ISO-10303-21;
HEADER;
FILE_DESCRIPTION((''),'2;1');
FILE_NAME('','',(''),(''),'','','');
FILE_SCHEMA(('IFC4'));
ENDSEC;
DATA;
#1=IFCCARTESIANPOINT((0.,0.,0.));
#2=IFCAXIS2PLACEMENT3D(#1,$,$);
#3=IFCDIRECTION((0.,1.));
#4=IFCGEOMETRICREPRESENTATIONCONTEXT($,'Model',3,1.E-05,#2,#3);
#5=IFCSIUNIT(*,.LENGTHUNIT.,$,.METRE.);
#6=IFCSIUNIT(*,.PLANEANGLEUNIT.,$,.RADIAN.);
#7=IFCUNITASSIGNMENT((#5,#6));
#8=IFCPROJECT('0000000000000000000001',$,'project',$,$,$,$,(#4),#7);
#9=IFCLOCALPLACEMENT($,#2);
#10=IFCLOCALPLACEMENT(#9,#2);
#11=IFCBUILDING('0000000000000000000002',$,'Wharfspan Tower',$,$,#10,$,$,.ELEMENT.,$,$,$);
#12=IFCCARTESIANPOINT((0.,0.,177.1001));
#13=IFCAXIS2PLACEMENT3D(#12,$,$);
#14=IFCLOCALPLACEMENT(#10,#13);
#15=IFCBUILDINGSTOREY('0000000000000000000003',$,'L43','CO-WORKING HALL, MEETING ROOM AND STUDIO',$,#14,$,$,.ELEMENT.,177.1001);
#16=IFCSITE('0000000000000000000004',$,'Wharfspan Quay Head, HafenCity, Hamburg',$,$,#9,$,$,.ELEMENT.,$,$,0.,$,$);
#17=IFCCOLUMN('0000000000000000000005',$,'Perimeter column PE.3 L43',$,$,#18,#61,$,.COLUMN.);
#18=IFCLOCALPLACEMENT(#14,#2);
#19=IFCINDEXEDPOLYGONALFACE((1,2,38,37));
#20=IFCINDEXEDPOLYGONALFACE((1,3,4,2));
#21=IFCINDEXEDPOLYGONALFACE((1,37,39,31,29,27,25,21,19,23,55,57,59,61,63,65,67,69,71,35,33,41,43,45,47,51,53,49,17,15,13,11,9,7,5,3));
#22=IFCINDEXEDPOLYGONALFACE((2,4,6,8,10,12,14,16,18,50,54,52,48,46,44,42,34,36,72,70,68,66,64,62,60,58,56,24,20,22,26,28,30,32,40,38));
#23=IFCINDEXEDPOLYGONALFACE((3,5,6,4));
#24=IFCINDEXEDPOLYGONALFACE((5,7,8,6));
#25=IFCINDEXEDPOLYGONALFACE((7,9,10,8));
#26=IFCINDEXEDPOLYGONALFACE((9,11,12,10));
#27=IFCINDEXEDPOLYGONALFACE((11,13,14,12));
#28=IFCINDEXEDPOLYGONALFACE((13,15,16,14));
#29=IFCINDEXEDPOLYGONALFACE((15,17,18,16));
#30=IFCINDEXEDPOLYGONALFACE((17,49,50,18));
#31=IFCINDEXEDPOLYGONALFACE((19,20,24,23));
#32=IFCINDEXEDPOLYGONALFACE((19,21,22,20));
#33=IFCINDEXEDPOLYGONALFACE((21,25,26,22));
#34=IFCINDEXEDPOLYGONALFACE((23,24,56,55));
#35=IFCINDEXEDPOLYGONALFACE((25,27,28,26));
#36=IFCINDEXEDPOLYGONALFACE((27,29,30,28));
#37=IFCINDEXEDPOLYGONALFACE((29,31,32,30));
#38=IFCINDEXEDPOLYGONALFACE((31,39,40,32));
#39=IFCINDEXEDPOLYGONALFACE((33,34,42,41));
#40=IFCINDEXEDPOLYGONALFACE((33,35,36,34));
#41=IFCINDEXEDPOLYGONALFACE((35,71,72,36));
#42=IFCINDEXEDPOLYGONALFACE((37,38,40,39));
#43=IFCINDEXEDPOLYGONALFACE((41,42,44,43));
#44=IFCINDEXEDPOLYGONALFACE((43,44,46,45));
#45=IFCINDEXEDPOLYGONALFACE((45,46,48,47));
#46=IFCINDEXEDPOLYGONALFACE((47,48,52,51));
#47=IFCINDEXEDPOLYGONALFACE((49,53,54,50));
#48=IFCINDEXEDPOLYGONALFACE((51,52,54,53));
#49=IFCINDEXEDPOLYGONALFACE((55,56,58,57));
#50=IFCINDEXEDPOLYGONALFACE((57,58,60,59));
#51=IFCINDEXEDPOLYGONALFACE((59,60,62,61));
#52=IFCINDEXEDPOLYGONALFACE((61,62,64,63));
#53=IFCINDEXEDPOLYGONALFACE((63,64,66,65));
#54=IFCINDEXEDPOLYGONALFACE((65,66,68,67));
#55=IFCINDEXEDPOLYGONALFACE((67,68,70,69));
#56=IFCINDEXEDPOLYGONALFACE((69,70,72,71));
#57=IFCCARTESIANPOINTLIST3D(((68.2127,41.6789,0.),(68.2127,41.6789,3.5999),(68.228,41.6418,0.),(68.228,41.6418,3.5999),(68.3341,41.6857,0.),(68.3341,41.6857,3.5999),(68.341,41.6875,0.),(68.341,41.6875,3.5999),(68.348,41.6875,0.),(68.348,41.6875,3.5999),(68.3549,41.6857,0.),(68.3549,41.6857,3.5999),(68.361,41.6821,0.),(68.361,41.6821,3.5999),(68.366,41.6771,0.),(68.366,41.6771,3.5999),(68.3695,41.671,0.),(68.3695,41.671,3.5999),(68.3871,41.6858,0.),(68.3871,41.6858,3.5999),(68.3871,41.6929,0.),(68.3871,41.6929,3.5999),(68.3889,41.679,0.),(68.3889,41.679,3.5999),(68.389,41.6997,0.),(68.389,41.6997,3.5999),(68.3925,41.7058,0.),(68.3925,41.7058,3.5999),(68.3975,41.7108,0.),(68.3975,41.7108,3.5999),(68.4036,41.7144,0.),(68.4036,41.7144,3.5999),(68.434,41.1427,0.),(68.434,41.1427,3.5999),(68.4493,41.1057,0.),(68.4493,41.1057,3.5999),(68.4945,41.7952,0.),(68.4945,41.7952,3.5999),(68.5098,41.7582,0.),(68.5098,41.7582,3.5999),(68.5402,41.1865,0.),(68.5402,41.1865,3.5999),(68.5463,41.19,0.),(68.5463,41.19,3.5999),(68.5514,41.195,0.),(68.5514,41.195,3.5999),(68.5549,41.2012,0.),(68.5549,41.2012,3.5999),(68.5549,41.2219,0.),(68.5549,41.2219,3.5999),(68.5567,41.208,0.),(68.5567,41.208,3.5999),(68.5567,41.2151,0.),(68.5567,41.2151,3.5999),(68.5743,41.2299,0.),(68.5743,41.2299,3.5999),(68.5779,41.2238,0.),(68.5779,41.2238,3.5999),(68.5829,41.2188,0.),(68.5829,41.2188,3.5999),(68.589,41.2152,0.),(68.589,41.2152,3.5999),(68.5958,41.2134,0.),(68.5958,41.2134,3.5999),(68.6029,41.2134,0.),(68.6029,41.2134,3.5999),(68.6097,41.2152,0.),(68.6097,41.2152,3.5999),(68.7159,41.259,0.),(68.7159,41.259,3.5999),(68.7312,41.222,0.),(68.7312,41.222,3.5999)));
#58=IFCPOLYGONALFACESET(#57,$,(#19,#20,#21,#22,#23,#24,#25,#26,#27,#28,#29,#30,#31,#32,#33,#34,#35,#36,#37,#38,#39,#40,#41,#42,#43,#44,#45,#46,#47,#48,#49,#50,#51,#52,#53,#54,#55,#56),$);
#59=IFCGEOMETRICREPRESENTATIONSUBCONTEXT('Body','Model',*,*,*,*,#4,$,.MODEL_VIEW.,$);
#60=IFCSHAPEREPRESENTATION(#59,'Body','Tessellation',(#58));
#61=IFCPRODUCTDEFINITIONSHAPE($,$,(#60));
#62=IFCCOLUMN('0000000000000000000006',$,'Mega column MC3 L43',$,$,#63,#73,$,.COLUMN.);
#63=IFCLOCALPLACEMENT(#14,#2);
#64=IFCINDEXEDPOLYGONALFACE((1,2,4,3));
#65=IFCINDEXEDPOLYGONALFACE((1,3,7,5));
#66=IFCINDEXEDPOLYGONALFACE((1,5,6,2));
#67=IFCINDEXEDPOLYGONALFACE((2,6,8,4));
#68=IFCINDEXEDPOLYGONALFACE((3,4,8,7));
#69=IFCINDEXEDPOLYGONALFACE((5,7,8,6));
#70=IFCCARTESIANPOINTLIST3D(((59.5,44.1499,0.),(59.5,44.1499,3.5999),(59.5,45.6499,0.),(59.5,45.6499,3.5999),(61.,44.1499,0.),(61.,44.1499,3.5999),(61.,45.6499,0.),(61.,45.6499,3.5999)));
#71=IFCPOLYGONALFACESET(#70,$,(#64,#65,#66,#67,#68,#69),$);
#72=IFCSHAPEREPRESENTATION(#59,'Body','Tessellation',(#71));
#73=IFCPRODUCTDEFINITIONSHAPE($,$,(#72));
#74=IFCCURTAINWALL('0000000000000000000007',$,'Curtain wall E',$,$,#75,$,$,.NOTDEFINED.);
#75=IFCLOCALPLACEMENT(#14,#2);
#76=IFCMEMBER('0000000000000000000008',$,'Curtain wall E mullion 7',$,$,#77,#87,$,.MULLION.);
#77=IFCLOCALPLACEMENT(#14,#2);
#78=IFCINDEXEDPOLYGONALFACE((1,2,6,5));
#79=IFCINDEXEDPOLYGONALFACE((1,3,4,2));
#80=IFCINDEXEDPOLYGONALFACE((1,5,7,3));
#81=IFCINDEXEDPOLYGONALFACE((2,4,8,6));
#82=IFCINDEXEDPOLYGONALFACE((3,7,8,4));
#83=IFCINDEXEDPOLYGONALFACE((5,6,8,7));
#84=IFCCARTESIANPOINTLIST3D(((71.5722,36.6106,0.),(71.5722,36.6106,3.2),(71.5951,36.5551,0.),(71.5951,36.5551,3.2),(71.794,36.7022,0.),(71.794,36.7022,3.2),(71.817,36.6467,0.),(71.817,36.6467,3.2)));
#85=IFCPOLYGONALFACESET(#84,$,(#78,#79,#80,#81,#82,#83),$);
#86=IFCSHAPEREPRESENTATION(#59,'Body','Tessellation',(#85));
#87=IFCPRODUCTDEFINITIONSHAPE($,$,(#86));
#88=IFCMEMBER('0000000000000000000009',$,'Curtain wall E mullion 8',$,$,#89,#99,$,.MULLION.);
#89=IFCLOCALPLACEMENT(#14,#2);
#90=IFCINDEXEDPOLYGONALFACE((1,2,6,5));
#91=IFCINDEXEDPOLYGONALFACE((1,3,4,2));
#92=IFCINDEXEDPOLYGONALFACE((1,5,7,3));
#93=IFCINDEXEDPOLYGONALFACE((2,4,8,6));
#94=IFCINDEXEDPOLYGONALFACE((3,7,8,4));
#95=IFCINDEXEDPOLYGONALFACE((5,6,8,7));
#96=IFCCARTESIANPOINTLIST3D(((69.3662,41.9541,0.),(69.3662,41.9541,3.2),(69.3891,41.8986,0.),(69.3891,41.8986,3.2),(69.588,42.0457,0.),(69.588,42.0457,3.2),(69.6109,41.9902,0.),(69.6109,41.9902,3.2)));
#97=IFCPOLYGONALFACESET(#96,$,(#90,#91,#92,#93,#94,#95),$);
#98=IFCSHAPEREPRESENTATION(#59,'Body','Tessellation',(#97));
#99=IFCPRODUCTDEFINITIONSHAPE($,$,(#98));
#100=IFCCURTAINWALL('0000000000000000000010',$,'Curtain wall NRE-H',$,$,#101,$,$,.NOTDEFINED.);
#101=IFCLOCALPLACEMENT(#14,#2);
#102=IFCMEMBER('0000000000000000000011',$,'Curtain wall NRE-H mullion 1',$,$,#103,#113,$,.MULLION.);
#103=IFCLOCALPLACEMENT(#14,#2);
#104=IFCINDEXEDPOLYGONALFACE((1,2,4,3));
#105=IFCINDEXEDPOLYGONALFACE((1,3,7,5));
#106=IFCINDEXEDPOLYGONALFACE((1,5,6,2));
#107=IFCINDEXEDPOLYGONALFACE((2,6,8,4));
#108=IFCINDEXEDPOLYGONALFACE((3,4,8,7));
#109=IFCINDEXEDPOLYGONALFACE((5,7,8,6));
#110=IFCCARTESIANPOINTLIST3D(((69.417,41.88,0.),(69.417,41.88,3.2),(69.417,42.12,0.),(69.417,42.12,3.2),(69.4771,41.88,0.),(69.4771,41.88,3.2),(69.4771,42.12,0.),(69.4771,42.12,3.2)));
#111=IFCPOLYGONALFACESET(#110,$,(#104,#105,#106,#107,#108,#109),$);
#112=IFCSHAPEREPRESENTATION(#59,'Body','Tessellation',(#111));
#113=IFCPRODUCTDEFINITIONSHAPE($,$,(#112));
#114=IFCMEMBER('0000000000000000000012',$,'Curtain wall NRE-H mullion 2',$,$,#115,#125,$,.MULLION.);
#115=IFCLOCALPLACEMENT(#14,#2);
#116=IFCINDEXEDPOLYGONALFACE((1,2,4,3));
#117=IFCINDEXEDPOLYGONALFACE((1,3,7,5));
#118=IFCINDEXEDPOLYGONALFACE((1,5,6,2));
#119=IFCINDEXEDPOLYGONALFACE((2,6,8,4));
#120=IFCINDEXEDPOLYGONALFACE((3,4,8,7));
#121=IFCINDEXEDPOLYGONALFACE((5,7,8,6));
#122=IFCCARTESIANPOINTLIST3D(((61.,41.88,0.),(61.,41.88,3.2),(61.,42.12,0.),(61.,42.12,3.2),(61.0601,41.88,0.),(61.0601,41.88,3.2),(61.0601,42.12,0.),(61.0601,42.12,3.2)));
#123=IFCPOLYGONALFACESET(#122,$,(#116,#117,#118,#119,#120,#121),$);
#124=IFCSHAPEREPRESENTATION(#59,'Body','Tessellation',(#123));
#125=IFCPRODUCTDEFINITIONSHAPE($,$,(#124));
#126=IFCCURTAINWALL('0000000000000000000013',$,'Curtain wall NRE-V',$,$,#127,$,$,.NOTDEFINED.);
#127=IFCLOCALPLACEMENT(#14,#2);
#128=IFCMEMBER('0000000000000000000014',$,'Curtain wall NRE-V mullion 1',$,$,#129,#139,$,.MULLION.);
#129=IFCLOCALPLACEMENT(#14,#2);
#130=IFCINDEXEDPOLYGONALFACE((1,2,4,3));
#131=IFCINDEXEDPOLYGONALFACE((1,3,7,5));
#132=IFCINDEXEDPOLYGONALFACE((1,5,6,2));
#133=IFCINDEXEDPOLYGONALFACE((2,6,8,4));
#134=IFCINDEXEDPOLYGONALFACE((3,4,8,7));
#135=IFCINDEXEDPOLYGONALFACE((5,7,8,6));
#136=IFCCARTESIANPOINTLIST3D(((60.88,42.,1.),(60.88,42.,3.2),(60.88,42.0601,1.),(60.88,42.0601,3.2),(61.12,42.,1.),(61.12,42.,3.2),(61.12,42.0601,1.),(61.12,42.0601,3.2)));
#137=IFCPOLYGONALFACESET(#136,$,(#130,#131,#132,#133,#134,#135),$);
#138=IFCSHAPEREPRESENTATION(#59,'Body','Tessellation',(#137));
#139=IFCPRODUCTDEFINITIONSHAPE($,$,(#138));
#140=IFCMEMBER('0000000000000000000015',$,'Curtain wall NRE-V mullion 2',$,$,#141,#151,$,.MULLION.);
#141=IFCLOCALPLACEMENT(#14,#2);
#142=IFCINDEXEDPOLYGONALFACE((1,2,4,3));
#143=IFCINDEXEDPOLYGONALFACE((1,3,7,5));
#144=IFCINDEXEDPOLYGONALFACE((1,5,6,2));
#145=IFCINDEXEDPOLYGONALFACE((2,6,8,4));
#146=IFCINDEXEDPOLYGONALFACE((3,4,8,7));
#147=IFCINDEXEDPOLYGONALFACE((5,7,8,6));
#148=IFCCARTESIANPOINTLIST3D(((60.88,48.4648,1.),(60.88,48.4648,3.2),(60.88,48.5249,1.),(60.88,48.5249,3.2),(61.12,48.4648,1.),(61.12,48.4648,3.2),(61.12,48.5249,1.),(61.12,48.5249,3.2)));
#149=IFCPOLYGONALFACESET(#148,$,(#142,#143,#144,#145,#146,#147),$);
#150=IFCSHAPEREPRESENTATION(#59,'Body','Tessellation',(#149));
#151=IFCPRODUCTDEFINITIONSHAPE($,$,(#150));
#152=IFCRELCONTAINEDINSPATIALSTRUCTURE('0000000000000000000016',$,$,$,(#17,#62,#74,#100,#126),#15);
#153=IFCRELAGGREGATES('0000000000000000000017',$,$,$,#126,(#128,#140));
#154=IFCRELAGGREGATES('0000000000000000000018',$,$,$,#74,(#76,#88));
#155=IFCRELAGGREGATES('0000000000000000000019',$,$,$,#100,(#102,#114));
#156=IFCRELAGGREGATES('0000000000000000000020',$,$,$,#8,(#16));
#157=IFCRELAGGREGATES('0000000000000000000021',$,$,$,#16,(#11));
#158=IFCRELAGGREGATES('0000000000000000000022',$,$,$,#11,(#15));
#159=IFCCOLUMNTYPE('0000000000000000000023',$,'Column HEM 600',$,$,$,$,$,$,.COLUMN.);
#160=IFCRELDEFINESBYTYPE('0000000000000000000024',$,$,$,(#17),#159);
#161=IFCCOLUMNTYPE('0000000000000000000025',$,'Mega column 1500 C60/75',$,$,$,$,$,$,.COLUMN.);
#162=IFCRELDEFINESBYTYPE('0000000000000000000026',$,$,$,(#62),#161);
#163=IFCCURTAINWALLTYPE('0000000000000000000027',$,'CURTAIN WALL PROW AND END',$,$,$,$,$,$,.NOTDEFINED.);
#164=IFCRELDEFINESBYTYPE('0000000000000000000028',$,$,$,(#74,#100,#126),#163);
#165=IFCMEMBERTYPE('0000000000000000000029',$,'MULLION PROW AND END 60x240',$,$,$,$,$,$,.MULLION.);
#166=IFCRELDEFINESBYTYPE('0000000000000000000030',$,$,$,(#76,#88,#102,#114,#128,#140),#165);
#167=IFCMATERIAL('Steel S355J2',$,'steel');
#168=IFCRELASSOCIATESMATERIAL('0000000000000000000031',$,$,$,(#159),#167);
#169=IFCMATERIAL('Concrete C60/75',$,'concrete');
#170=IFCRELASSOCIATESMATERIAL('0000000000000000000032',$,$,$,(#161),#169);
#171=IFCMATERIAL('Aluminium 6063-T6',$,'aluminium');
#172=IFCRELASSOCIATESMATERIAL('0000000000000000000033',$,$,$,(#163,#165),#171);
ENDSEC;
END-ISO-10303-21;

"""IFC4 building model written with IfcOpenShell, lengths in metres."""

from ifc_helpers import new_model, si_unit, direction, frame, origin, origin_2d, place, context, subcontext, project, spatial, rectangle, i_section, extrude, material, material_profile, profile_set, type_object, element, aggregate, save


model = new_model("IFC4")

# Units and contexts
model_context = context("Model", 3, precision=1e-05, world=origin(), true_north=direction((0.0, 1.0)))
body_context = subcontext(model_context, "Body", "Model", "MODEL_VIEW")
ifc_project = project(units=[si_unit("LENGTHUNIT", "METRE"), si_unit("PLANEANGLEUNIT", "RADIAN")], contexts=[model_context])

# Site, building, storey
site_placement = place(None, origin())
site = spatial("IfcSite", under=ifc_project, at=site_placement, Name="Wharfspan Quay Head, HafenCity, Hamburg", CompositionType="ELEMENT", RefElevation=0.0)
building_placement = place(site_placement, origin())
building = spatial("IfcBuilding", under=site, at=building_placement, Name="Wharfspan Tower", CompositionType="ELEMENT")
storey_placement = place(building_placement, frame((0.0, 0.0, 177.1001)))
storey = spatial("IfcBuildingStorey", under=building, at=storey_placement, Name="L43", Description="CO-WORKING HALL, MEETING ROOM AND STUDIO", CompositionType="ELEMENT", Elevation=177.1001)

# Columns
ifc_material_1 = material(Name="Steel S355J2", Category="steel")
ifc_material_profile_1 = material_profile(ifc_material_1, i_section(OverallWidth=0.3049, OverallDepth=0.6201, WebThickness=0.021, FlangeThickness=0.04, FilletRadius=0.0271, at=origin_2d()))
ifc_profile_set_1 = profile_set([ifc_material_profile_1], Name="Steel S355J2")
column_type_1 = type_object("IfcColumnType", Name="Column HEM 600", PredefinedType="COLUMN", material=ifc_profile_set_1)
column_1_placement = place(storey_placement, frame((68.4719, 41.4504, 0.0), z_axis=(0.0, 0.0, 1.0), x_axis=(0.924325, 0.381602, 0.0)))
element("IfcColumn", 1, at=column_1_placement, inside=storey, type_object=column_type_1, Name="Perimeter column PE.3 L43", PredefinedType="COLUMN", context=body_context, shape_type="SweptSolid", body=[
    extrude(i_section(OverallWidth=0.3049, OverallDepth=0.6201, WebThickness=0.021, FlangeThickness=0.04, FilletRadius=0.0271, at=origin_2d()), origin(), (0.0, 0.0, 1.0), 3.5999),
])
ifc_material_2 = material(Name="Concrete C60/75", Category="concrete")
ifc_material_profile_2 = material_profile(ifc_material_2, rectangle(XDim=1.5, YDim=1.5, at=origin_2d()))
ifc_profile_set_2 = profile_set([ifc_material_profile_2], Name="Concrete C60/75")
column_type_2 = type_object("IfcColumnType", Name="Mega column 1500 C60/75", PredefinedType="COLUMN", material=ifc_profile_set_2)
column_2_placement = place(storey_placement, frame((60.25, 44.8999, 0.0), z_axis=(0.0, 0.0, 1.0), x_axis=(1.0, 0.0, 0.0)))
element("IfcColumn", 2, at=column_2_placement, inside=storey, type_object=column_type_2, Name="Mega column MC3 L43", PredefinedType="COLUMN", context=body_context, shape_type="SweptSolid", body=[
    extrude(rectangle(XDim=1.5, YDim=1.5, at=origin_2d()), origin(), (0.0, 0.0, 1.0), 3.5999),
])

# Curtain walls, members
ifc_material_3 = material(Name="Aluminium 6063-T6", Category="aluminium")
curtain_wall_type = type_object("IfcCurtainWallType", Name="CURTAIN WALL PROW AND END", PredefinedType="NOTDEFINED", material=ifc_material_3)
curtain_wall_1_placement = place(storey_placement, origin())
curtain_wall_1 = element("IfcCurtainWall", 3, at=curtain_wall_1_placement, inside=storey, type_object=curtain_wall_type, Name="Curtain wall E", PredefinedType="NOTDEFINED")
ifc_material_profile_3 = material_profile(ifc_material_3, rectangle(XDim=0.24, YDim=0.0601, at=origin_2d()))
ifc_profile_set_3 = profile_set([ifc_material_profile_3], Name="Aluminium 6063-T6")
member_type_1 = type_object("IfcMemberType", Name="MULLION PROW AND END 60x240", PredefinedType="MULLION", material=ifc_profile_set_3)
member_1_placement = place(storey_placement, frame((71.6946, 36.6287, 0.0), z_axis=(0.0, 0.0, 1.0), x_axis=(-0.924325, -0.381602, 0.0)))
member_1 = element("IfcMember", 4, at=member_1_placement, type_object=member_type_1, Name="Curtain wall E mullion 7", PredefinedType="MULLION", context=body_context, shape_type="SweptSolid", body=[
    extrude(rectangle(XDim=0.24, YDim=0.0601, at=origin_2d()), origin(), (0.0, 0.0, 1.0), 3.2),
])
member_2_placement = place(storey_placement, frame((69.4885, 41.9722, 0.0), z_axis=(0.0, 0.0, 1.0), x_axis=(-0.924325, -0.381602, 0.0)))
member_2 = element("IfcMember", 5, at=member_2_placement, type_object=member_type_1, Name="Curtain wall E mullion 8", PredefinedType="MULLION", context=body_context, shape_type="SweptSolid", body=[
    extrude(rectangle(XDim=0.24, YDim=0.0601, at=origin_2d()), origin(), (0.0, 0.0, 1.0), 3.2),
])
curtain_wall_2_placement = place(storey_placement, origin())
curtain_wall_2 = element("IfcCurtainWall", 6, at=curtain_wall_2_placement, inside=storey, type_object=curtain_wall_type, Name="Curtain wall NRE-H", PredefinedType="NOTDEFINED")
member_3_placement = place(storey_placement, frame((69.447, 42.0, 0.0), z_axis=(0.0, 0.0, 1.0), x_axis=(0.0, -1.0, 0.0)))
member_3 = element("IfcMember", 7, at=member_3_placement, type_object=member_type_1, Name="Curtain wall NRE-H mullion 1", PredefinedType="MULLION", context=body_context, shape_type="SweptSolid", body=[
    extrude(rectangle(XDim=0.24, YDim=0.0601, at=origin_2d()), origin(), (0.0, 0.0, 1.0), 3.2),
])
member_4_placement = place(storey_placement, frame((61.03, 42.0, 0.0), z_axis=(0.0, 0.0, 1.0), x_axis=(0.0, -1.0, 0.0)))
member_4 = element("IfcMember", 8, at=member_4_placement, type_object=member_type_1, Name="Curtain wall NRE-H mullion 2", PredefinedType="MULLION", context=body_context, shape_type="SweptSolid", body=[
    extrude(rectangle(XDim=0.24, YDim=0.0601, at=origin_2d()), origin(), (0.0, 0.0, 1.0), 3.2),
])
curtain_wall_3_placement = place(storey_placement, origin())
curtain_wall_3 = element("IfcCurtainWall", 9, at=curtain_wall_3_placement, inside=storey, type_object=curtain_wall_type, Name="Curtain wall NRE-V", PredefinedType="NOTDEFINED")
member_5_placement = place(storey_placement, frame((61.0, 42.03, 1.0), z_axis=(0.0, 0.0, 1.0), x_axis=(-1.0, 0.0, 0.0)))
member_5 = element("IfcMember", 10, at=member_5_placement, type_object=member_type_1, Name="Curtain wall NRE-V mullion 1", PredefinedType="MULLION", context=body_context, shape_type="SweptSolid", body=[
    extrude(rectangle(XDim=0.24, YDim=0.0601, at=origin_2d()), origin(), (0.0, 0.0, 1.0), 2.2),
])
member_6_placement = place(storey_placement, frame((61.0, 48.4949, 1.0), z_axis=(0.0, 0.0, 1.0), x_axis=(-1.0, 0.0, 0.0)))
member_6 = element("IfcMember", 11, at=member_6_placement, type_object=member_type_1, Name="Curtain wall NRE-V mullion 2", PredefinedType="MULLION", context=body_context, shape_type="SweptSolid", body=[
    extrude(rectangle(XDim=0.24, YDim=0.0601, at=origin_2d()), origin(), (0.0, 0.0, 1.0), 2.2),
])

aggregate(curtain_wall_3, [member_5, member_6])
aggregate(curtain_wall_1, [member_1, member_2])
aggregate(curtain_wall_2, [member_3, member_4])

save(model, "model.ifc")
